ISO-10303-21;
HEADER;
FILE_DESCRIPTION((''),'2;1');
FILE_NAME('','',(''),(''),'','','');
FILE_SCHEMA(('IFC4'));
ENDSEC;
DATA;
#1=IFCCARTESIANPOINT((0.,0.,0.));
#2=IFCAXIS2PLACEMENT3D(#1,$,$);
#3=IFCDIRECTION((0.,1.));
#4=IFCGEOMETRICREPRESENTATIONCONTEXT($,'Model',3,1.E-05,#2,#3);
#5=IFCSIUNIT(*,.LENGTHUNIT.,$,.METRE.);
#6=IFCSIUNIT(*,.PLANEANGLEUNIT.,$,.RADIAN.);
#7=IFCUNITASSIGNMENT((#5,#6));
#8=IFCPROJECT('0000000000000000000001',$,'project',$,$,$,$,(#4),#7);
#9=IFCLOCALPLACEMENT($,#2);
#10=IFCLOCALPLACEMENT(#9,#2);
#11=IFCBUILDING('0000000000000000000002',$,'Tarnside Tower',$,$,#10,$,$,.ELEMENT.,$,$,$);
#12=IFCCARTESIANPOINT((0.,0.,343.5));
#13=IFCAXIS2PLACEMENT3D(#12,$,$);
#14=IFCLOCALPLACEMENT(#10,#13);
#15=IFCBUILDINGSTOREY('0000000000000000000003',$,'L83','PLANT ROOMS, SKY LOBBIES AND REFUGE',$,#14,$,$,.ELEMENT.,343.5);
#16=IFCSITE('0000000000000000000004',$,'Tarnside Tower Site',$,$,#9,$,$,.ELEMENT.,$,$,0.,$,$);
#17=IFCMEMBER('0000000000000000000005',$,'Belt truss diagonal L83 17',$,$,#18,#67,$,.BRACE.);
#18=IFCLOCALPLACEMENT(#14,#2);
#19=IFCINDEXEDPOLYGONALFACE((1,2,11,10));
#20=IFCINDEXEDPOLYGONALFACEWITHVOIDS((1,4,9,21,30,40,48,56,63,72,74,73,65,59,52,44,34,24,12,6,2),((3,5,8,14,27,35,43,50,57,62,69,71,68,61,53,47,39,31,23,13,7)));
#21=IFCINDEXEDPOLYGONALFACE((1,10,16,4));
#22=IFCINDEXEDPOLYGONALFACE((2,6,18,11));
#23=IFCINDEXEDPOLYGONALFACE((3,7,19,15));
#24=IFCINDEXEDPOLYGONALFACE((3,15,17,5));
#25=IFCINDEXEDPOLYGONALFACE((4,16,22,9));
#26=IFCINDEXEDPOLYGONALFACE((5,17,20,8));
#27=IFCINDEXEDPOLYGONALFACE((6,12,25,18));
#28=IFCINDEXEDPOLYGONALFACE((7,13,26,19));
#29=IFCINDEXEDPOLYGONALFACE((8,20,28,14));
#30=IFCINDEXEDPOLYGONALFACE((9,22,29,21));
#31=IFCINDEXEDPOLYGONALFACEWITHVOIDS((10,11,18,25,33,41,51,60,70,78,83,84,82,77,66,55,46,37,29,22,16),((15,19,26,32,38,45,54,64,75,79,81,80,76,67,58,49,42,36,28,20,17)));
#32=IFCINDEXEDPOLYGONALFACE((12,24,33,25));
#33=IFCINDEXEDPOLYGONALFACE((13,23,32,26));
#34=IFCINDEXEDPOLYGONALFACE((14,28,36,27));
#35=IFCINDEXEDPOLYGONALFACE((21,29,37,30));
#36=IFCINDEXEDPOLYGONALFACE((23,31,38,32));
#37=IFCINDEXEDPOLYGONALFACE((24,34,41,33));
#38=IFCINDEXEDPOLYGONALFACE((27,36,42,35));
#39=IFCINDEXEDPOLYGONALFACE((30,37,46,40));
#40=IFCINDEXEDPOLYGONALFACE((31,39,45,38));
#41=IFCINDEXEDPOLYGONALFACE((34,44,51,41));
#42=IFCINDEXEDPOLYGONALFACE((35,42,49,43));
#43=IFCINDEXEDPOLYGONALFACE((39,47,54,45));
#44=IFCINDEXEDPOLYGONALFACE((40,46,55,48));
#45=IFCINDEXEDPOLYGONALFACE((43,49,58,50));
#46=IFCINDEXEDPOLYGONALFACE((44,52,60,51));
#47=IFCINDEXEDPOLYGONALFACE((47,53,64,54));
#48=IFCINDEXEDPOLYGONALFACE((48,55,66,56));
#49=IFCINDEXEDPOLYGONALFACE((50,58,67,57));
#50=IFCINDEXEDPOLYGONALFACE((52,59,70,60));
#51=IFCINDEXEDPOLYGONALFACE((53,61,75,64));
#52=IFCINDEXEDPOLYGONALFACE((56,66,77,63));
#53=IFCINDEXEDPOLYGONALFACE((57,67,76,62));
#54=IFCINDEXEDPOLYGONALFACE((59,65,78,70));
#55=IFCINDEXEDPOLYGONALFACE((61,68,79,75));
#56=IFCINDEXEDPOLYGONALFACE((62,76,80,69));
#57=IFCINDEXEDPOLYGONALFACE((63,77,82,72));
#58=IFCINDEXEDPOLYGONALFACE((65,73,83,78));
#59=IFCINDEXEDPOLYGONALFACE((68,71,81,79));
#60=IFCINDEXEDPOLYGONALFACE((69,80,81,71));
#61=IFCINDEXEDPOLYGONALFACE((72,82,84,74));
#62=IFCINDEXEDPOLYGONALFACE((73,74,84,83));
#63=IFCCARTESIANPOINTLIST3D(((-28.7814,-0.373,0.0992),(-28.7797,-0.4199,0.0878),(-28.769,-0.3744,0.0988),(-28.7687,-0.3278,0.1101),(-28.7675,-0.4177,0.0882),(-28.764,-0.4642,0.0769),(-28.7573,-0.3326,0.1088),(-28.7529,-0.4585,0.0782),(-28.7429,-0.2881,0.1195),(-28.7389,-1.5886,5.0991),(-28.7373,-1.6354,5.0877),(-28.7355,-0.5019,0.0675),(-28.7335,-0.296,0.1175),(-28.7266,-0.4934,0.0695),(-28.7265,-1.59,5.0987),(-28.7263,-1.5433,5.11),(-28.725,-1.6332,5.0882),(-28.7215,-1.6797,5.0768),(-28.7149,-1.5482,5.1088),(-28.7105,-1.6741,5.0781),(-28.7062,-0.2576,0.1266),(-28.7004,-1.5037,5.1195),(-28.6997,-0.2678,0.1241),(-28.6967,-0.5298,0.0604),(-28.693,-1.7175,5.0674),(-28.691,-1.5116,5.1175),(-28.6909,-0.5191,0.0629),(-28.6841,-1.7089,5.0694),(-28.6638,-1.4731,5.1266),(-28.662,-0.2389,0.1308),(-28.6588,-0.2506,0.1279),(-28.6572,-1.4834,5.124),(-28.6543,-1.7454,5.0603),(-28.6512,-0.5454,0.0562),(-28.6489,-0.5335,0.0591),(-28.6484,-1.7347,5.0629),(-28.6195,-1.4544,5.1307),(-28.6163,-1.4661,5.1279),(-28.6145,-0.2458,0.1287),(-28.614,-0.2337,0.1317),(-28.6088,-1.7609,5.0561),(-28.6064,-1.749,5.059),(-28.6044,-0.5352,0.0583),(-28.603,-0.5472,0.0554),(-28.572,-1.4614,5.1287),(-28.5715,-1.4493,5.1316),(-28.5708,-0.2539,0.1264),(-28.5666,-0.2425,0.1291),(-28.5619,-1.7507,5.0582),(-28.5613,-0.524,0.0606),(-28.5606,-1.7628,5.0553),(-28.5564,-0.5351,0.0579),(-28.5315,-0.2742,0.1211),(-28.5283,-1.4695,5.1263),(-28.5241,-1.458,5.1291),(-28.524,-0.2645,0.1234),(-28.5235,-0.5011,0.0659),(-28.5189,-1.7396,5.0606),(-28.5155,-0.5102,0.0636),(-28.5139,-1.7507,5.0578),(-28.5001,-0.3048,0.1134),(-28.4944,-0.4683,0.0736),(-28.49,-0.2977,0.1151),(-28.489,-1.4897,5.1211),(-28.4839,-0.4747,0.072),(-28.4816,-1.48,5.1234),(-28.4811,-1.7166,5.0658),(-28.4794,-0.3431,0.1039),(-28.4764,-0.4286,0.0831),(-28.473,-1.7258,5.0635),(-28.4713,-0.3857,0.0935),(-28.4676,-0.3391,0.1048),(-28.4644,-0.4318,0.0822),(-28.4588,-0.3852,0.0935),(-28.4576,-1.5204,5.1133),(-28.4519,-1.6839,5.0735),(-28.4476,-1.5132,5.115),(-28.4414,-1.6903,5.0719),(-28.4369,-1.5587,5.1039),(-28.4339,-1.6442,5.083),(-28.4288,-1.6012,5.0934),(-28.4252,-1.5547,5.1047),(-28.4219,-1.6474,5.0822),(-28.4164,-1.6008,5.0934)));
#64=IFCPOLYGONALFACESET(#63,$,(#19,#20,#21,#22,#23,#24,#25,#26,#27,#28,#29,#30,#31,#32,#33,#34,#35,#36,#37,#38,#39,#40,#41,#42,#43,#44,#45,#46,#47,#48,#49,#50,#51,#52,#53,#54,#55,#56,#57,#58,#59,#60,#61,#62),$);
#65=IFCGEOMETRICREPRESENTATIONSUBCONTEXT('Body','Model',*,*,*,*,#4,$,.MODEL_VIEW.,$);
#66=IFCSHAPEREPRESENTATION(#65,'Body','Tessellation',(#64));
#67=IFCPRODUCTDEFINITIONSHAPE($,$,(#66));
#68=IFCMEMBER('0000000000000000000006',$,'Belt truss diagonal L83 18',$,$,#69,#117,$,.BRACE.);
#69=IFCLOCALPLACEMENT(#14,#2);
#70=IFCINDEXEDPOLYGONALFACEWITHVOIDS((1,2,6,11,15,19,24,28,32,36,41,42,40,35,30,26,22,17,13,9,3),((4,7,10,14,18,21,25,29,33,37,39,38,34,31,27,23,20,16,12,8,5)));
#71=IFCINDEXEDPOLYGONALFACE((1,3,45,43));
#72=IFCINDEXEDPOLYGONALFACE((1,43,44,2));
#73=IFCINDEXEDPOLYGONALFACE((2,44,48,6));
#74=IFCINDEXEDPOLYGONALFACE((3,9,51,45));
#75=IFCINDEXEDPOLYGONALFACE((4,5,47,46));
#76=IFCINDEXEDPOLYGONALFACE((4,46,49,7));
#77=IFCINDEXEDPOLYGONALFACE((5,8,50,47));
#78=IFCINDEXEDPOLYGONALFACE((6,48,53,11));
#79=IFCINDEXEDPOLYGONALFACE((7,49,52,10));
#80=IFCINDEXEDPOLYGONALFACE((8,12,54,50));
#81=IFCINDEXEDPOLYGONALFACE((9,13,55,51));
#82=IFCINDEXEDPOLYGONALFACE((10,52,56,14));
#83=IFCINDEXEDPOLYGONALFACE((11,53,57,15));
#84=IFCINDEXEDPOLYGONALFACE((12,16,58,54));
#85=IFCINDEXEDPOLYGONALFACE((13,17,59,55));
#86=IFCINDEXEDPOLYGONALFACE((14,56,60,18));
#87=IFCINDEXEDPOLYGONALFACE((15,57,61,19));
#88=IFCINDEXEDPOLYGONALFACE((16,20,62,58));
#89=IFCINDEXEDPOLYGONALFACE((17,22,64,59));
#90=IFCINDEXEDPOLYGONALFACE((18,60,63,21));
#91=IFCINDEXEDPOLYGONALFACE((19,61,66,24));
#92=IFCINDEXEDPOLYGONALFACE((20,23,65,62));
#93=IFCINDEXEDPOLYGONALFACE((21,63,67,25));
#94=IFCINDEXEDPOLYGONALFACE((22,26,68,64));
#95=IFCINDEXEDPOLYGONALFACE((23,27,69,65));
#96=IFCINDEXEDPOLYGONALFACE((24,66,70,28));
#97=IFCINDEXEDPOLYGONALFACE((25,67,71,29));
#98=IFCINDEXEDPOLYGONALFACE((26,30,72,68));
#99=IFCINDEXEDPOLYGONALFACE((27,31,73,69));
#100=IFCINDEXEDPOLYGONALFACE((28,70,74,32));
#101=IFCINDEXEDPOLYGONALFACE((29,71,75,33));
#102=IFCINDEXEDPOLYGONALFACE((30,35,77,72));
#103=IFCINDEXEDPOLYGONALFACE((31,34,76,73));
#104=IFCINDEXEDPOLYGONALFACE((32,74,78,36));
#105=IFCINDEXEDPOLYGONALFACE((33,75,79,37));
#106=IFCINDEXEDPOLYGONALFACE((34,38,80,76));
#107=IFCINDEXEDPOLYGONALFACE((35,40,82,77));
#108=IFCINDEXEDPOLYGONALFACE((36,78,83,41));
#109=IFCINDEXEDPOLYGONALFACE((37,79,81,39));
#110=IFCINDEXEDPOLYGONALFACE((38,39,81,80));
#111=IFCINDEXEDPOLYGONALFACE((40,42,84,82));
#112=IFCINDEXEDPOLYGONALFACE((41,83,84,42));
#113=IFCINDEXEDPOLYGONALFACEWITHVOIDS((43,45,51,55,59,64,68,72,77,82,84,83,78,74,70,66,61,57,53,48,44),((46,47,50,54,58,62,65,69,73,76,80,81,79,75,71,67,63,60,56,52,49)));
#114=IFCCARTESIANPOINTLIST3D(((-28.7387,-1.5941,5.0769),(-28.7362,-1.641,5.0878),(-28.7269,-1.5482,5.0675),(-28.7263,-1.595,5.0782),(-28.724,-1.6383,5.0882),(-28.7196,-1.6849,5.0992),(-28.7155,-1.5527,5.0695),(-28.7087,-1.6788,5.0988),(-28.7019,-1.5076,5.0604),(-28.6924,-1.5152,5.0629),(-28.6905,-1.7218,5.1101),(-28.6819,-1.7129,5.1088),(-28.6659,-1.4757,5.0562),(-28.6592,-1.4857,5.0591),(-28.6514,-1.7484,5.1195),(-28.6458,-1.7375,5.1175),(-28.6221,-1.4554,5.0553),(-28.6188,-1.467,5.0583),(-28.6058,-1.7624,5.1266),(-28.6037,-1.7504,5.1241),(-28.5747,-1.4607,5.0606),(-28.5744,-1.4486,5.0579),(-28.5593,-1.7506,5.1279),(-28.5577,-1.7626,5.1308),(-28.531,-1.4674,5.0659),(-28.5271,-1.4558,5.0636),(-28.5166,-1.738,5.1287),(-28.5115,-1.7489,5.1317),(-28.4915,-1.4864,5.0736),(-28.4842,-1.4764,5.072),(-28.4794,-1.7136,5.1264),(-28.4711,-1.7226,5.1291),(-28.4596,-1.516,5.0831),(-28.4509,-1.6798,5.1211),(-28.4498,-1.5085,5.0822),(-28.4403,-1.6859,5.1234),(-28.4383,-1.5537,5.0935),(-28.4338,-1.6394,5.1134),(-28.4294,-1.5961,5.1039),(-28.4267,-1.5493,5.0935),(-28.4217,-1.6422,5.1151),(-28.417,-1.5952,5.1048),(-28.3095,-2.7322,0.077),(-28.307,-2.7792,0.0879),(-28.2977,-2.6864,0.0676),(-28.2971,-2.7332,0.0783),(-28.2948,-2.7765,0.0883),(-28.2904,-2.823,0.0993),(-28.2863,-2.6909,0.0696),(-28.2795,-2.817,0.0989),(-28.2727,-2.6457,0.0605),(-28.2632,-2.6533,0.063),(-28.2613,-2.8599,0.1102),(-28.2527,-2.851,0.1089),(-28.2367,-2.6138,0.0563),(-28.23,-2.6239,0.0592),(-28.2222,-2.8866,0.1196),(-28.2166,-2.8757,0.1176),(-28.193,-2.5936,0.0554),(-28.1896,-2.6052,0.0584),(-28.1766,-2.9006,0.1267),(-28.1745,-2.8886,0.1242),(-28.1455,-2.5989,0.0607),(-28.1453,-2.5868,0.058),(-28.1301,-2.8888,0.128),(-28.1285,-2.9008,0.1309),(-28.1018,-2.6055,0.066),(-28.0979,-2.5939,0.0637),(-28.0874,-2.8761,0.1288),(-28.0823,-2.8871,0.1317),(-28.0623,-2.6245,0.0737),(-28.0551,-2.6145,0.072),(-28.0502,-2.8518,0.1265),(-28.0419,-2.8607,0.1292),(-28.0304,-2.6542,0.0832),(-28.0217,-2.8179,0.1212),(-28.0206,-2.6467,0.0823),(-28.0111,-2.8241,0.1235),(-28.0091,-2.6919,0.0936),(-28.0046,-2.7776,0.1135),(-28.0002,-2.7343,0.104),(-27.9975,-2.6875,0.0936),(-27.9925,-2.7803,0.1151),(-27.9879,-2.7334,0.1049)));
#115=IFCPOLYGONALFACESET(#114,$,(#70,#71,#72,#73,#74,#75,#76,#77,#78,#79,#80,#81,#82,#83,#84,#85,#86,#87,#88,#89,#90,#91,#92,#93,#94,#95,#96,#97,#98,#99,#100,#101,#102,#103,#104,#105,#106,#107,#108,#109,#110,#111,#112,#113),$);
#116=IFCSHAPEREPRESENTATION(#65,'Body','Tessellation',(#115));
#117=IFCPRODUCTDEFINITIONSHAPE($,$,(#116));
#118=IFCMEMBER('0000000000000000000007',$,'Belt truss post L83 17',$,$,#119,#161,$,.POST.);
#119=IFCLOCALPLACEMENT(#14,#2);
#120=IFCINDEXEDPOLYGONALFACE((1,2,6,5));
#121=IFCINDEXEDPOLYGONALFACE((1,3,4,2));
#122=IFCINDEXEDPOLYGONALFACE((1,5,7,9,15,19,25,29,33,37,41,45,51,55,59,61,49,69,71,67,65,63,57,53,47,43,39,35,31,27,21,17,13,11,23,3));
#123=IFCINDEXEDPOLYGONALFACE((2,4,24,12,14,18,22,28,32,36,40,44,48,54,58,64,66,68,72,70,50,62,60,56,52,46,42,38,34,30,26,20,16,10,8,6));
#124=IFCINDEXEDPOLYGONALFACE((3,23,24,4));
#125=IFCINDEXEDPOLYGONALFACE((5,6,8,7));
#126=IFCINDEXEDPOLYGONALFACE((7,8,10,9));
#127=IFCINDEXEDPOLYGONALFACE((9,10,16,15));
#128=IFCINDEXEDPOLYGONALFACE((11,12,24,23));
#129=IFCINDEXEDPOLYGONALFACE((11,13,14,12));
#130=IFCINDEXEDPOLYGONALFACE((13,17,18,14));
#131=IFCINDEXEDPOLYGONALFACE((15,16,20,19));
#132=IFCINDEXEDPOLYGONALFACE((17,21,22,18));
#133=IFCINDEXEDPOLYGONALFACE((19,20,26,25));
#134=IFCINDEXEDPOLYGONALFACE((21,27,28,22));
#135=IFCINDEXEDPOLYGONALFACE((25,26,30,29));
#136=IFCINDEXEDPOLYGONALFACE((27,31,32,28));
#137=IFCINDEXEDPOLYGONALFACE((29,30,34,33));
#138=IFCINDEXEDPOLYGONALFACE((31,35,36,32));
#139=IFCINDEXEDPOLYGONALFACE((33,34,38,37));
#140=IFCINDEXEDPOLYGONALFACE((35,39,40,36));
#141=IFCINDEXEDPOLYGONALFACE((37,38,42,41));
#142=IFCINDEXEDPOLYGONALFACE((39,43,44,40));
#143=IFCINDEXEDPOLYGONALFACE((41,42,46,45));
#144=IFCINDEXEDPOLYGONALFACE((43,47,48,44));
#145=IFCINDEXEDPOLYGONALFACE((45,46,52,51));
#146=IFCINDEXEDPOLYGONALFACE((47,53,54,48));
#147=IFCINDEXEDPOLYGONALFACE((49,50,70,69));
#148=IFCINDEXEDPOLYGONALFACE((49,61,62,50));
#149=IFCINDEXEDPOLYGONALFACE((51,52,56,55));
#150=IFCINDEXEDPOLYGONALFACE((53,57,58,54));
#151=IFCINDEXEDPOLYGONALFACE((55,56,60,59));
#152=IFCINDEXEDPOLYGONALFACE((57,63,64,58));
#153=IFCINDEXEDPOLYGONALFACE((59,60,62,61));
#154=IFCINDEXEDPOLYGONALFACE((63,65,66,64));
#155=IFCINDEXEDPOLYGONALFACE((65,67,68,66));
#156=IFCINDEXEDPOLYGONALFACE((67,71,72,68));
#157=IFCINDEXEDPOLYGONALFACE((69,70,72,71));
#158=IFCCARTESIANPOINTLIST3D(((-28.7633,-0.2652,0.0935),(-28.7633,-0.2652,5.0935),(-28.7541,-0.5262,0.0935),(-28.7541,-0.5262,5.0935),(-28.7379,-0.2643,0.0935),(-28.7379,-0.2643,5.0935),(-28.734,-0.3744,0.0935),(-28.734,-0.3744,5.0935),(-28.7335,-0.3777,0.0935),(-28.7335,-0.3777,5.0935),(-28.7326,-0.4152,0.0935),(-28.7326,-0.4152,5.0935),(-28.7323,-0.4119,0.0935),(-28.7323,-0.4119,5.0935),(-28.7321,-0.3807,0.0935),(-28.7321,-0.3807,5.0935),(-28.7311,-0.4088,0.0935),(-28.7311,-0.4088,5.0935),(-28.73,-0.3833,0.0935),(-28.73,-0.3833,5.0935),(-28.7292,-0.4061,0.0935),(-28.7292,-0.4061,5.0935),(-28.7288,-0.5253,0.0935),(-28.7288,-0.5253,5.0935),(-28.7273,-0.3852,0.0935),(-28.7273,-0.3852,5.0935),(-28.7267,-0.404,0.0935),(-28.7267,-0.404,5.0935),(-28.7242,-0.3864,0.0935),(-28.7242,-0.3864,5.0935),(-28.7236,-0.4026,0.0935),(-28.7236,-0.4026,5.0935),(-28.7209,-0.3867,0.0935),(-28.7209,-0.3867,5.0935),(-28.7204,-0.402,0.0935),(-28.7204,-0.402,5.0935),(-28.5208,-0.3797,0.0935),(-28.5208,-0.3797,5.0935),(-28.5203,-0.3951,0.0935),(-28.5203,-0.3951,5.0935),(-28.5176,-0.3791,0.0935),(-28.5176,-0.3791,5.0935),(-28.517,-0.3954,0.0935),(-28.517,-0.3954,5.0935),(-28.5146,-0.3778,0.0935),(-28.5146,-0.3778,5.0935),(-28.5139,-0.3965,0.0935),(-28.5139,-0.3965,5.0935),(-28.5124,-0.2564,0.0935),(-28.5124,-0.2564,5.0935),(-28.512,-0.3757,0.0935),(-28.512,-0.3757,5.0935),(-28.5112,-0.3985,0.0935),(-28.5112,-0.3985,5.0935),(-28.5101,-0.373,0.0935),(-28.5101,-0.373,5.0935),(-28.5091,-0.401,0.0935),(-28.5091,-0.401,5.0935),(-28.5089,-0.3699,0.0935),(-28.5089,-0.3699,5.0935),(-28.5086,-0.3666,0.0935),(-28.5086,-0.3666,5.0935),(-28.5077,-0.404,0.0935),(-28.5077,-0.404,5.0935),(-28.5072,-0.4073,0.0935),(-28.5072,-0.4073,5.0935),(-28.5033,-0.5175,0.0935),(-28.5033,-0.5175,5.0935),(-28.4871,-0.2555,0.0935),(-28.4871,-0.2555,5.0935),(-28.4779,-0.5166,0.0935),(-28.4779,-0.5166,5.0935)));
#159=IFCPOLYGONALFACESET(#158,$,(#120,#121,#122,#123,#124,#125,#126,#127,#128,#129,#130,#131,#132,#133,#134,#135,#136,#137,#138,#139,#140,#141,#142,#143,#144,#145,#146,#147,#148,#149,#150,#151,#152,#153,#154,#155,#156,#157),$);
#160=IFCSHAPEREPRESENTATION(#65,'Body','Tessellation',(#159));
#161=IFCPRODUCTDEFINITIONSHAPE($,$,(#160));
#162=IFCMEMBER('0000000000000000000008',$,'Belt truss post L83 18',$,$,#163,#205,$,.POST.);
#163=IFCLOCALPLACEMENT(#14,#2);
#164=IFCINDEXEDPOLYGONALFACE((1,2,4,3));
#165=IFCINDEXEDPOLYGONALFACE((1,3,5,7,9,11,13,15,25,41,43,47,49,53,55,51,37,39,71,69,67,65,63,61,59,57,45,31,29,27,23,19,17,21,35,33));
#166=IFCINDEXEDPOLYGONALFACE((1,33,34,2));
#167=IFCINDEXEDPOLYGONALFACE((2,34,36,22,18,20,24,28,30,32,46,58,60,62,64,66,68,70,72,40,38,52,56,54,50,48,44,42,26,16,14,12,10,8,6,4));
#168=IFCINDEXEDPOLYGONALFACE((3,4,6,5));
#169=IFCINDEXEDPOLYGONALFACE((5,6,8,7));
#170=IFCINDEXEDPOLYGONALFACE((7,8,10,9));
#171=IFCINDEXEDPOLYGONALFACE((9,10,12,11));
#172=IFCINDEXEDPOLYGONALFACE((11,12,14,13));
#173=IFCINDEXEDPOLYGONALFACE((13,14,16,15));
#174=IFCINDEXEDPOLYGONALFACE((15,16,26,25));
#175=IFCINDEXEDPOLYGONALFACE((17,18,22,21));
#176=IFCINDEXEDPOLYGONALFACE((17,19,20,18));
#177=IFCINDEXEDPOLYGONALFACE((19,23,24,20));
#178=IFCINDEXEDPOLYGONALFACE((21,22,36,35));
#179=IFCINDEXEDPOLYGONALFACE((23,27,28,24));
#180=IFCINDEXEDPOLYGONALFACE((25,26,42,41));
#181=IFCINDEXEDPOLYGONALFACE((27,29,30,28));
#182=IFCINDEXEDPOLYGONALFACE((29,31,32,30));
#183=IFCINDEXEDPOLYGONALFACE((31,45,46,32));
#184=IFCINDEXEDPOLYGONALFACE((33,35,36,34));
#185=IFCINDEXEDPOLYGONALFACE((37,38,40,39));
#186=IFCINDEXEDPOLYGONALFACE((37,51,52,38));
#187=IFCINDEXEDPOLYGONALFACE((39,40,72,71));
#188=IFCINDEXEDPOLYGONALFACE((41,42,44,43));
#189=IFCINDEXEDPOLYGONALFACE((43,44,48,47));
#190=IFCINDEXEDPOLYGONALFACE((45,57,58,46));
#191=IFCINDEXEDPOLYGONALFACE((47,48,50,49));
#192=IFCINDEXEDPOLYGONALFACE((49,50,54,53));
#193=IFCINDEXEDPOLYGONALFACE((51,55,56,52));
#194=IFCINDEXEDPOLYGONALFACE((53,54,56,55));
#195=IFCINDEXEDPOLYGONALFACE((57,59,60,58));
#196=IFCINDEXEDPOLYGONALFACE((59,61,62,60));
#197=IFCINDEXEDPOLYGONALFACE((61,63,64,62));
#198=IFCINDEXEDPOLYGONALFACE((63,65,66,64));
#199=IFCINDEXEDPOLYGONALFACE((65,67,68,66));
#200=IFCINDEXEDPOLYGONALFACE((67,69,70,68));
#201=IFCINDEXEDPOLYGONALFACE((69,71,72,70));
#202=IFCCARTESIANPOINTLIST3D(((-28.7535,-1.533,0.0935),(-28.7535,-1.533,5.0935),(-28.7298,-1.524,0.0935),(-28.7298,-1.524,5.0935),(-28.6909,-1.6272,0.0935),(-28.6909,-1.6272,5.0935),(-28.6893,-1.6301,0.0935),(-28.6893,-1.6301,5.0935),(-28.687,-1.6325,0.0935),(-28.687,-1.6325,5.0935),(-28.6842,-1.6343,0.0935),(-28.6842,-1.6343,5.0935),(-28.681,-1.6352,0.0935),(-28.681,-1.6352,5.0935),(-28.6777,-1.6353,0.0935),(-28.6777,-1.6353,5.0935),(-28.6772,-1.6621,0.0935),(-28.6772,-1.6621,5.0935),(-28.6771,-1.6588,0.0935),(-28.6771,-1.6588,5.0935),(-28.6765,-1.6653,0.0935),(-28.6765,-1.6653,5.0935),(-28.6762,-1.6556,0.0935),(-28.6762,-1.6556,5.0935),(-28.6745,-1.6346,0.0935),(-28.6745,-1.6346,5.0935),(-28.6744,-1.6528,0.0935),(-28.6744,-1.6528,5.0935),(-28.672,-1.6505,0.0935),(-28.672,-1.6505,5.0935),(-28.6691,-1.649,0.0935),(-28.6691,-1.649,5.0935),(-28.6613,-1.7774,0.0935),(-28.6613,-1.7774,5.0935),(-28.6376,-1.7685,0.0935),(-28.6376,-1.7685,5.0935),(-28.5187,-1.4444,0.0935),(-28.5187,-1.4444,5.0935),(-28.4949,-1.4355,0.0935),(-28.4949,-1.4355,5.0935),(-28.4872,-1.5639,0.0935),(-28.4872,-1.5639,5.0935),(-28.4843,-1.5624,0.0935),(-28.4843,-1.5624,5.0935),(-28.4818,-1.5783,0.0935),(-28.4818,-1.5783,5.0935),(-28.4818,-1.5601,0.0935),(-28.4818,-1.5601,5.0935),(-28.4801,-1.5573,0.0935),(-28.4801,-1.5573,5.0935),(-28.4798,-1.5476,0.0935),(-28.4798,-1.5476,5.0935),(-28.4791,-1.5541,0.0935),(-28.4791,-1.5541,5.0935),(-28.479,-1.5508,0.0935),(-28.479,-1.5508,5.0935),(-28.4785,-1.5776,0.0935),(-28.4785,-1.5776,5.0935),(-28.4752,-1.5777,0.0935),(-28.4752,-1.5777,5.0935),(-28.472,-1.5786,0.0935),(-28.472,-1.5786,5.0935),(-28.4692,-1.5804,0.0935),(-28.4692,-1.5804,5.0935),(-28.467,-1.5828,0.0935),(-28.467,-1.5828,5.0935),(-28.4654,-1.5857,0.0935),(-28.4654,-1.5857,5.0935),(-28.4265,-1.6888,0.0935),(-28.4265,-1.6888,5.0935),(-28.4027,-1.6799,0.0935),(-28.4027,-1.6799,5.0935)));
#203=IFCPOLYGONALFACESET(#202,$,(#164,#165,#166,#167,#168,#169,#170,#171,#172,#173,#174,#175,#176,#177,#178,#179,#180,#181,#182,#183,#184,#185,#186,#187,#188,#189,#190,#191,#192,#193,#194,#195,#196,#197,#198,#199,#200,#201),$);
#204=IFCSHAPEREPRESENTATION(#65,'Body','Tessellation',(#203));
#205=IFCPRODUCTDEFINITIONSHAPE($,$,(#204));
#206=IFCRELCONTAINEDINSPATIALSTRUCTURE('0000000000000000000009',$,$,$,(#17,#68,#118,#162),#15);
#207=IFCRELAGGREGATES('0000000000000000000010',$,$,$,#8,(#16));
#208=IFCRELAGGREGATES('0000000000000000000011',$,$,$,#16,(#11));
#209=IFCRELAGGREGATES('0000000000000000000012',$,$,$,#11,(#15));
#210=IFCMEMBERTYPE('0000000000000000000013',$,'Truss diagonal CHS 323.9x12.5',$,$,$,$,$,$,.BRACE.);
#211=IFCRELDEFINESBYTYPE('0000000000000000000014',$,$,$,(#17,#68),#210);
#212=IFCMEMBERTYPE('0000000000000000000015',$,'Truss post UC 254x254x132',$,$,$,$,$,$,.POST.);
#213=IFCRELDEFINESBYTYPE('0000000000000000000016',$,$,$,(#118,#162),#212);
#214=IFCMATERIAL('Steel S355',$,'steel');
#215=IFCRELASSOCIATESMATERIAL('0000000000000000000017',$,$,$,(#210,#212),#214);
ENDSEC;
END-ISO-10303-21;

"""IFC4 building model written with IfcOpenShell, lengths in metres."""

from ifc_helpers import new_model, si_unit, direction, frame, origin, origin_2d, place, context, subcontext, project, spatial, hollow_circle, i_section, extrude, material, material_profile, profile_set, type_object, element, save


model = new_model("IFC4")

# Units and contexts
model_context = context("Model", 3, precision=1e-05, world=origin(), true_north=direction((0.0, 1.0)))
body_context = subcontext(model_context, "Body", "Model", "MODEL_VIEW")
ifc_project = project(units=[si_unit("LENGTHUNIT", "METRE"), si_unit("PLANEANGLEUNIT", "RADIAN")], contexts=[model_context])

# Site, building, storey
site_placement = place(None, origin())
site = spatial("IfcSite", under=ifc_project, at=site_placement, Name="Tarnside Tower Site", CompositionType="ELEMENT", RefElevation=0.0)
building_placement = place(site_placement, origin())
building = spatial("IfcBuilding", under=site, at=building_placement, Name="Tarnside Tower", CompositionType="ELEMENT")
storey_placement = place(building_placement, frame((0.0, 0.0, 343.5)))
storey = spatial("IfcBuildingStorey", under=building, at=storey_placement, Name="L83", Description="PLANT ROOMS, SKY LOBBIES AND REFUGE", CompositionType="ELEMENT", Elevation=343.5)

# Shared definitions
ifc_material_1 = material(Name="Steel S355", Category="steel")

# Members
ifc_material_profile_1 = material_profile(ifc_material_1, hollow_circle(Radius=0.1619, WallThickness=0.0125, at=origin_2d()), Name="CHS 323.9x12.5")
ifc_profile_set_1 = profile_set([ifc_material_profile_1], Name="Steel S355")
member_type_1 = type_object("IfcMemberType", Name="Truss diagonal CHS 323.9x12.5", PredefinedType="BRACE", material=ifc_profile_set_1)
for number, where, z_axis, x_axis, name in (
    (1, (-28.6206, -0.3909, 0.0935), (0.008255, -0.236226, 0.971663), (0.99939, 0.034925, 0.0), "Belt truss diagonal L83 17"),
    (2, (-28.5781, -1.6064, 5.0935), (0.083407, -0.221185, -0.971659), (0.935684, 0.352838, 0.0), "Belt truss diagonal L83 18"),
):
    element("IfcMember", number, at=place(storey_placement, frame(where, z_axis=z_axis, x_axis=x_axis)), inside=storey, type_object=member_type_1, Name=name, PredefinedType="BRACE", context=body_context, shape_type="SweptSolid", body=[
        extrude(hollow_circle(Radius=0.1619, WallThickness=0.0125, at=origin_2d()), origin(), (0.0, 0.0, 1.0), 5.1458),
    ])
ifc_material_profile_2 = material_profile(ifc_material_1, i_section(OverallWidth=0.2612, OverallDepth=0.2764, WebThickness=0.0154, FlangeThickness=0.0254, FilletRadius=0.0127, at=origin_2d()), Name="UC 254x254x132")
ifc_profile_set_2 = profile_set([ifc_material_profile_2], Name="Steel S355")
member_type_2 = type_object("IfcMemberType", Name="Truss post UC 254x254x132", PredefinedType="POST", material=ifc_profile_set_2)
for number, where, z_axis, x_axis, name in (
    (3, (-28.6206, -0.3909, 0.0935), (0.0, 0.0, 1.0), (0.034899, -0.999391, 0.0), "Belt truss post L83 17"),
    (4, (-28.5781, -1.6064, 0.0935), (0.0, 0.0, 1.0), (0.352931, -0.93565, 0.0), "Belt truss post L83 18"),
):
    element("IfcMember", number, at=place(storey_placement, frame(where, z_axis=z_axis, x_axis=x_axis)), inside=storey, type_object=member_type_2, Name=name, PredefinedType="POST", context=body_context, shape_type="SweptSolid", body=[
        extrude(i_section(OverallWidth=0.2612, OverallDepth=0.2764, WebThickness=0.0154, FlangeThickness=0.0254, FilletRadius=0.0127, at=origin_2d()), origin(), (0.0, 0.0, 1.0), 5.0),
    ])

save(model, "model.ifc")
